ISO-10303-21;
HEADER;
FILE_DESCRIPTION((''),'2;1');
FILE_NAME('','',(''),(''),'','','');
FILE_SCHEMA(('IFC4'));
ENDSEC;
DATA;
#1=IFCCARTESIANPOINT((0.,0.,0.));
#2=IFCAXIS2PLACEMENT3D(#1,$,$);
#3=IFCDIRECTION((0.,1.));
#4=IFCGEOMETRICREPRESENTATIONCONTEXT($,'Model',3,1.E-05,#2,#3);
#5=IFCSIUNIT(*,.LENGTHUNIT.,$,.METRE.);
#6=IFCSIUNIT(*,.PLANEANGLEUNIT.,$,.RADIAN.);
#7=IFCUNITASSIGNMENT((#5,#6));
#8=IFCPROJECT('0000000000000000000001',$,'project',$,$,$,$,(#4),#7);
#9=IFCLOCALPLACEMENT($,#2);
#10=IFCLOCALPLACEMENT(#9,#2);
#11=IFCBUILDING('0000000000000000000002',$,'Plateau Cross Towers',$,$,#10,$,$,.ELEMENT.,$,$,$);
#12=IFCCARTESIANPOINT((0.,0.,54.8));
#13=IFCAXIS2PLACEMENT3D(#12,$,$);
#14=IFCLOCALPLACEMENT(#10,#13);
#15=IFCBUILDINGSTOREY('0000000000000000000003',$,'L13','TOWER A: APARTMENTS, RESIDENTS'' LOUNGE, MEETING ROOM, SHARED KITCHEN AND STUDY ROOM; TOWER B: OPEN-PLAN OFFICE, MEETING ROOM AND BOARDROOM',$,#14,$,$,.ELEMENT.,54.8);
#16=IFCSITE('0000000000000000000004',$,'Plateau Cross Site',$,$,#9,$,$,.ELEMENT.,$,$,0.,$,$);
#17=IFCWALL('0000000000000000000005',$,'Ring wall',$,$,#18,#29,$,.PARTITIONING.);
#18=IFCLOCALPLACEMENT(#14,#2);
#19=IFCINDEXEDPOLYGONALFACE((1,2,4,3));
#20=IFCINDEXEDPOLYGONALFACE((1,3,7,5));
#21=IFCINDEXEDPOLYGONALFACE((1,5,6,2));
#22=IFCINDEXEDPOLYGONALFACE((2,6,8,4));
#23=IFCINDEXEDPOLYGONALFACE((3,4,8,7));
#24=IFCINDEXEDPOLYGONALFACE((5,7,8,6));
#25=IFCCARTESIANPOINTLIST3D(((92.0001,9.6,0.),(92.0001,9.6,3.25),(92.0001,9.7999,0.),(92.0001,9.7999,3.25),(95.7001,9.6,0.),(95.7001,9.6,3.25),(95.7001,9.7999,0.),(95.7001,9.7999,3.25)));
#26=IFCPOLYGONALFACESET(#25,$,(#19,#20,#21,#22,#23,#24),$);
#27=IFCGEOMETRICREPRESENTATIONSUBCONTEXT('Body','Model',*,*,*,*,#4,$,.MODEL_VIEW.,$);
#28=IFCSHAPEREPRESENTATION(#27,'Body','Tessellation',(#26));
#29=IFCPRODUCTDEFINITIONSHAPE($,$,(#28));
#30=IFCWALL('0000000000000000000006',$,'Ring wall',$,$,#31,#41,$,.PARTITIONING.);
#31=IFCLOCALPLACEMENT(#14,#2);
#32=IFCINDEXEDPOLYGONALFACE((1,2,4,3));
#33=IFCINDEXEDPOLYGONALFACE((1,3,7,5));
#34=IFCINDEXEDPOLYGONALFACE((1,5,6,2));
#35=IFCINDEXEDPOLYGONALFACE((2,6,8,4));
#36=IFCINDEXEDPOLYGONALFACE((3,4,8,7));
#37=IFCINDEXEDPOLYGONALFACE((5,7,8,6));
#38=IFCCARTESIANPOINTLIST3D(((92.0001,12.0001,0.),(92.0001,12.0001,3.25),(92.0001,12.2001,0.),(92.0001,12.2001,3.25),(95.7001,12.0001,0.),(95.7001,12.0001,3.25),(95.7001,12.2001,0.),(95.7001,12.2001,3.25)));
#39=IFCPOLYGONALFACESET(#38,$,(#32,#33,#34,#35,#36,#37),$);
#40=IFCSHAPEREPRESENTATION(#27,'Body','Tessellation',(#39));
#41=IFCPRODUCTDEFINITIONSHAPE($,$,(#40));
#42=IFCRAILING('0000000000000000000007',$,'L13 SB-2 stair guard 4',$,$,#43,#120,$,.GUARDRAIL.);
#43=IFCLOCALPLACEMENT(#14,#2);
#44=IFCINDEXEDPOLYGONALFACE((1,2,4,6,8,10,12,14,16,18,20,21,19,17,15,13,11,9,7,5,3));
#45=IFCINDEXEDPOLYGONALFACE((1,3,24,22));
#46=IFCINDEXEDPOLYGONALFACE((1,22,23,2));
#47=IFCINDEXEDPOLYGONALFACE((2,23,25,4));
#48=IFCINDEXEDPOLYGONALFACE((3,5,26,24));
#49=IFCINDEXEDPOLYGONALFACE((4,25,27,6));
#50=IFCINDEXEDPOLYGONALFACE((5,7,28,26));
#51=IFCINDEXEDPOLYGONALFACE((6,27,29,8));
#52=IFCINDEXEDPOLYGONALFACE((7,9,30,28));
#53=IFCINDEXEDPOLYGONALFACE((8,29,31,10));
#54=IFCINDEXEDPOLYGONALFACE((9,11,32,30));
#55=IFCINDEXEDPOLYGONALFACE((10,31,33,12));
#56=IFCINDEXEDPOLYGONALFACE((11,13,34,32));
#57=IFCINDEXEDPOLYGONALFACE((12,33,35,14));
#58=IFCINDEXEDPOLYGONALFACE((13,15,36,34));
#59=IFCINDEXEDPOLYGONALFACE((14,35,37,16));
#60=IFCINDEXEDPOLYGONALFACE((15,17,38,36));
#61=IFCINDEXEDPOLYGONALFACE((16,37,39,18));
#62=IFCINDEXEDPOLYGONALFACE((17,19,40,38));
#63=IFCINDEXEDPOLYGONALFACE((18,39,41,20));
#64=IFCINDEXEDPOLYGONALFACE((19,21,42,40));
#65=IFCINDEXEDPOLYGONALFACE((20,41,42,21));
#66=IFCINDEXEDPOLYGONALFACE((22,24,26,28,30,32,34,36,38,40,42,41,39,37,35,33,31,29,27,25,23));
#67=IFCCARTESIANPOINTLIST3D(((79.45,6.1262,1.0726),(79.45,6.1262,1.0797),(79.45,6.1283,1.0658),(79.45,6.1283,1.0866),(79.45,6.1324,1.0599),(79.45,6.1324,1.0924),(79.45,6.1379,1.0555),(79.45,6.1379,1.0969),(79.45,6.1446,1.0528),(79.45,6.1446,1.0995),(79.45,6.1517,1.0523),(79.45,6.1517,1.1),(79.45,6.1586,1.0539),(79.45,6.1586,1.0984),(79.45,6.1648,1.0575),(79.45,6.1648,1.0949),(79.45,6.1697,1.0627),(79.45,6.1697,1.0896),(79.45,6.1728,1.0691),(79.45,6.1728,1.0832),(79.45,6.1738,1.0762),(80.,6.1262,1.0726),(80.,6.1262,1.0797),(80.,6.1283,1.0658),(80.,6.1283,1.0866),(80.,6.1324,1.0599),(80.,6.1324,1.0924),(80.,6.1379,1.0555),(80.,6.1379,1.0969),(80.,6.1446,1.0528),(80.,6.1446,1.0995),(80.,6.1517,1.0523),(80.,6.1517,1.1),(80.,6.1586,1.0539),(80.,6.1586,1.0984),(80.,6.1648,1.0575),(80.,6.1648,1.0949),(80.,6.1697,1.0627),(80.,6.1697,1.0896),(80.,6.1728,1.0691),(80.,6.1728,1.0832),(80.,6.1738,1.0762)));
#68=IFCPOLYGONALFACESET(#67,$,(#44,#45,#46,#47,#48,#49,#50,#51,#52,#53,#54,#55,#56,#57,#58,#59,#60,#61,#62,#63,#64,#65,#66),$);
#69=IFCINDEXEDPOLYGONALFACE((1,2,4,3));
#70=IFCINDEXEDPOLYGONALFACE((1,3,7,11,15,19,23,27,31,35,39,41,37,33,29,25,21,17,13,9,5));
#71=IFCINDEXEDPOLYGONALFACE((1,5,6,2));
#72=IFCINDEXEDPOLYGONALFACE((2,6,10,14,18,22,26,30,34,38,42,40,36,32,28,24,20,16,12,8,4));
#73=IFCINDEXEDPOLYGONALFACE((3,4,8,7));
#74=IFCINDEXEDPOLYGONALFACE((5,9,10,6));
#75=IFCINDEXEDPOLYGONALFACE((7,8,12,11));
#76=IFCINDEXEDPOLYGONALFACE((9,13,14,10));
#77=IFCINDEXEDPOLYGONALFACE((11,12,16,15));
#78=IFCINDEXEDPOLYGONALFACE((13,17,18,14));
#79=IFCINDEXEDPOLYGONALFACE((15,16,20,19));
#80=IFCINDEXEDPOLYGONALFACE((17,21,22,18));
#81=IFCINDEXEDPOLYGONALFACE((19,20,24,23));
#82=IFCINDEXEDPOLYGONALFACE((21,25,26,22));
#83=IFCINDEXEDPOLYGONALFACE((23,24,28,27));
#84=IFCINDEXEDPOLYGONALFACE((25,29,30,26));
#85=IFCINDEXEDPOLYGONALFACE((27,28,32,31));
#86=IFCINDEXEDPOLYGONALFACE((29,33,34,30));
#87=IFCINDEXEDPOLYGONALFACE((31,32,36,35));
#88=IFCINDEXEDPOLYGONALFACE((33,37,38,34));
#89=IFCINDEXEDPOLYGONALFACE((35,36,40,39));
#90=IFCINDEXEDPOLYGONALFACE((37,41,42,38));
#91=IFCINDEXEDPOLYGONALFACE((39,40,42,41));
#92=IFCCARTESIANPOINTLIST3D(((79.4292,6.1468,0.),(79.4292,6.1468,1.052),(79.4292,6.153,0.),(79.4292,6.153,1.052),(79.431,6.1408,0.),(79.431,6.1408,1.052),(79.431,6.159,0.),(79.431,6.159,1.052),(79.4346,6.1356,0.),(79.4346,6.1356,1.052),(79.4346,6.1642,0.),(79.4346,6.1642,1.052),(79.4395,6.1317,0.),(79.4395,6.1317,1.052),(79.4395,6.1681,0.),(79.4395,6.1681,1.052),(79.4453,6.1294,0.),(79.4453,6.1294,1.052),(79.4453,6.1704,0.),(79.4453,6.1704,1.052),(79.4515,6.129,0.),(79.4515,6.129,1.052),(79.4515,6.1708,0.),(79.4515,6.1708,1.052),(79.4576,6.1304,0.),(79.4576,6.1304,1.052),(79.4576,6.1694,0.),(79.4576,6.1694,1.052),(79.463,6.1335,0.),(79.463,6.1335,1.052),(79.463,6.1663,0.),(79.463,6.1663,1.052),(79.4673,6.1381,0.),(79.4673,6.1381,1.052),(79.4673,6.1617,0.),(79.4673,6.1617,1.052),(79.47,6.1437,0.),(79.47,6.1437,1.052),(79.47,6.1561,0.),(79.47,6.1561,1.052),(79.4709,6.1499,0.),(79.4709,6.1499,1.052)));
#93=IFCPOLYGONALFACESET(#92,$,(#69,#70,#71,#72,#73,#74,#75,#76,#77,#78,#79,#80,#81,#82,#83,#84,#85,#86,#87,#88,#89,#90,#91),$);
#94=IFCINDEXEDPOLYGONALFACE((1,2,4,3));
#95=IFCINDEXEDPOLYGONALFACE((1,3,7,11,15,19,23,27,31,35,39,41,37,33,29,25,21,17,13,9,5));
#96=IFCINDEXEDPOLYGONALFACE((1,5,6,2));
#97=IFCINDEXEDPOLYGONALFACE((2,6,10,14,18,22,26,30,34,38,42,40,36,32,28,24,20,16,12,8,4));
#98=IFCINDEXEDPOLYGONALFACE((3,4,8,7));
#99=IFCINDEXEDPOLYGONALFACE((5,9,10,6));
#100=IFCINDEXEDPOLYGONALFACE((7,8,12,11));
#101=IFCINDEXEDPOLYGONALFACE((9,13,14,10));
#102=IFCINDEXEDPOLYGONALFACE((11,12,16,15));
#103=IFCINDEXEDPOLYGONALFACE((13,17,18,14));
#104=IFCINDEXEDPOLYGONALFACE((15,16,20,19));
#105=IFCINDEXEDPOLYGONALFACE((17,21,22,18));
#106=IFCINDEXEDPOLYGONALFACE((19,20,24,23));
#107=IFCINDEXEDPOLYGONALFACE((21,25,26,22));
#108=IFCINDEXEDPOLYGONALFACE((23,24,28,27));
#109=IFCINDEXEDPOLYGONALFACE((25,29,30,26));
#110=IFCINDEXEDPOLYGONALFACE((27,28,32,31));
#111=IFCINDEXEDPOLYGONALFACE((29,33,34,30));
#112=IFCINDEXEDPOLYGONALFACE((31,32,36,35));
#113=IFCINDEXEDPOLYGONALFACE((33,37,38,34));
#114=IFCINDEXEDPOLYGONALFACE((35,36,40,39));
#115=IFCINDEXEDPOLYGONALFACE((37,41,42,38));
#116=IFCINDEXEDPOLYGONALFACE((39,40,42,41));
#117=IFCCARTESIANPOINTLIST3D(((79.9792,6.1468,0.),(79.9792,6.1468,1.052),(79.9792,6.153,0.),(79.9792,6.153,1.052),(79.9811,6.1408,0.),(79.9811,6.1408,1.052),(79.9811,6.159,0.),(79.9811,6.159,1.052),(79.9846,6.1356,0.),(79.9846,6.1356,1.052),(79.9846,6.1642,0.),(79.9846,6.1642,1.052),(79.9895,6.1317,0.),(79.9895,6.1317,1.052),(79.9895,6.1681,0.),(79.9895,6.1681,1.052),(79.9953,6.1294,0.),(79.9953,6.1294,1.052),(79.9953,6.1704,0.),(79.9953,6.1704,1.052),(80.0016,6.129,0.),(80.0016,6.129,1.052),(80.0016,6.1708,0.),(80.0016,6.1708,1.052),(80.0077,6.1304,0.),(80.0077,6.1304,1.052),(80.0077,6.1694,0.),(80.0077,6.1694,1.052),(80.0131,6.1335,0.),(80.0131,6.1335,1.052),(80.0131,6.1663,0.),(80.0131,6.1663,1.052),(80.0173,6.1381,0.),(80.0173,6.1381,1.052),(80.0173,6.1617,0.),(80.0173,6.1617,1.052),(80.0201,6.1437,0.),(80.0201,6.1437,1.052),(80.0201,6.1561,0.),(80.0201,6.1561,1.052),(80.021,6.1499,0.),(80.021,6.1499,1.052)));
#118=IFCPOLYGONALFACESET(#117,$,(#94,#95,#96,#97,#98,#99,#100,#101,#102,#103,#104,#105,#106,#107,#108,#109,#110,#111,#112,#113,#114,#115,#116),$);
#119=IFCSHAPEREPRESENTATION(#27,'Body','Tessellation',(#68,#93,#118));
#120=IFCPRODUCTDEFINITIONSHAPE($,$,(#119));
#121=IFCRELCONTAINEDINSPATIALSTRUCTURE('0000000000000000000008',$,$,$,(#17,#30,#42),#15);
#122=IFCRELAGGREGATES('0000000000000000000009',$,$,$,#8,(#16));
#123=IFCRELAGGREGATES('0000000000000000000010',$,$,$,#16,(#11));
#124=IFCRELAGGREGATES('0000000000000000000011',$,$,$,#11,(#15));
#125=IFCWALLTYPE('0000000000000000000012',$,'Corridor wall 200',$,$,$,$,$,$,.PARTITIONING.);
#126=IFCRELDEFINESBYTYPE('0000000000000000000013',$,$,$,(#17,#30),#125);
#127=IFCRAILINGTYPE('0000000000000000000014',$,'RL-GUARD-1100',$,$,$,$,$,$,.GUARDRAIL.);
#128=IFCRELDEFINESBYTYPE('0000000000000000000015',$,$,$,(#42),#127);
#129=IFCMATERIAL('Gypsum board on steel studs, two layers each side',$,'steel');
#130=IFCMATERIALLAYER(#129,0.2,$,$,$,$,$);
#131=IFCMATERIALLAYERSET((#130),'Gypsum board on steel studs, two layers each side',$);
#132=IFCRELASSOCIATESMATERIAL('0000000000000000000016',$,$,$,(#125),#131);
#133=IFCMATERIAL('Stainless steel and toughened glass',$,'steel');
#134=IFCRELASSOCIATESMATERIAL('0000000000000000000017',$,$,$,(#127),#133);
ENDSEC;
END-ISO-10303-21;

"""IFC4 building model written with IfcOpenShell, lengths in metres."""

from ifc_helpers import new_model, si_unit, direction, frame, frame_2d, origin, origin_2d, place, context, subcontext, project, spatial, rectangle, circle, extrude, material, layer, layer_set, type_object, element, save


model = new_model("IFC4")

# Units and contexts
model_context = context("Model", 3, precision=1e-05, world=origin(), true_north=direction((0.0, 1.0)))
body_context = subcontext(model_context, "Body", "Model", "MODEL_VIEW")
ifc_project = project(units=[si_unit("LENGTHUNIT", "METRE"), si_unit("PLANEANGLEUNIT", "RADIAN")], contexts=[model_context])

# Site, building, storey
site_placement = place(None, origin())
site = spatial("IfcSite", under=ifc_project, at=site_placement, Name="Plateau Cross Site", CompositionType="ELEMENT", RefElevation=0.0)
building_placement = place(site_placement, origin())
building = spatial("IfcBuilding", under=site, at=building_placement, Name="Plateau Cross Towers", CompositionType="ELEMENT")
storey_placement = place(building_placement, frame((0.0, 0.0, 54.8)))
storey = spatial("IfcBuildingStorey", under=building, at=storey_placement, Name="L13", Description="TOWER A: APARTMENTS, RESIDENTS' LOUNGE, MEETING ROOM, SHARED KITCHEN AND STUDY ROOM; TOWER B: OPEN-PLAN OFFICE, MEETING ROOM AND BOARDROOM", CompositionType="ELEMENT", Elevation=54.8)

# Shared definitions
ifc_material_1 = material(Name="Gypsum board on steel studs, two layers each side", Category="steel")
ifc_layer_1 = layer(ifc_material_1, 0.2)
ifc_layer_set_1 = layer_set([ifc_layer_1], Name="Gypsum board on steel studs, two layers each side")
wall_type_1 = type_object("IfcWallType", Name="Corridor wall 200", PredefinedType="PARTITIONING", material=ifc_layer_set_1)

# Walls
for number, where, z_axis, x_axis, name in (
    (1, (92.0, 9.7, 0.0), (0.0, 0.0, 1.0), (1.0, 0.0, 0.0), "Ring wall"),
    (2, (92.0, 12.1001, 0.0), (0.0, 0.0, 1.0), (1.0, 0.0, 0.0), "Ring wall"),
):
    element("IfcWall", number, at=place(storey_placement, frame(where, z_axis=z_axis, x_axis=x_axis)), inside=storey, type_object=wall_type_1, Name=name, PredefinedType="PARTITIONING", context=body_context, shape_type="SweptSolid", body=[
        extrude(rectangle(XDim=3.7, YDim=0.2, at=frame_2d((1.8501, 0.0))), origin(), (0.0, 0.0, 1.0), 3.25),
    ])

# Railing
ifc_material_2 = material(Name="Stainless steel and toughened glass", Category="steel")
railing_type = type_object("IfcRailingType", Name="RL-GUARD-1100", PredefinedType="GUARDRAIL", material=ifc_material_2)
railing_placement = place(storey_placement, frame((79.45, 6.1499, 0.0)))
element("IfcRailing", 3, at=railing_placement, inside=storey, type_object=railing_type, Name="L13 SB-2 stair guard 4", PredefinedType="GUARDRAIL", context=body_context, shape_type="SweptSolid", body=[
    extrude(circle(Radius=0.0239, at=origin_2d()), frame((0.0, 0.0, 1.0762), z_axis=(1.0, 0.0, 0.0), x_axis=(0.0, 1.0, 0.0)), (0.0, 0.0, 1.0), 0.55),
    extrude(circle(Radius=0.021, at=origin_2d()), origin(), (0.0, 0.0, 1.0), 1.052),
    extrude(circle(Radius=0.021, at=origin_2d()), frame((0.55, 0.0, 0.0)), (0.0, 0.0, 1.0), 1.052),
])

save(model, "model.ifc")
